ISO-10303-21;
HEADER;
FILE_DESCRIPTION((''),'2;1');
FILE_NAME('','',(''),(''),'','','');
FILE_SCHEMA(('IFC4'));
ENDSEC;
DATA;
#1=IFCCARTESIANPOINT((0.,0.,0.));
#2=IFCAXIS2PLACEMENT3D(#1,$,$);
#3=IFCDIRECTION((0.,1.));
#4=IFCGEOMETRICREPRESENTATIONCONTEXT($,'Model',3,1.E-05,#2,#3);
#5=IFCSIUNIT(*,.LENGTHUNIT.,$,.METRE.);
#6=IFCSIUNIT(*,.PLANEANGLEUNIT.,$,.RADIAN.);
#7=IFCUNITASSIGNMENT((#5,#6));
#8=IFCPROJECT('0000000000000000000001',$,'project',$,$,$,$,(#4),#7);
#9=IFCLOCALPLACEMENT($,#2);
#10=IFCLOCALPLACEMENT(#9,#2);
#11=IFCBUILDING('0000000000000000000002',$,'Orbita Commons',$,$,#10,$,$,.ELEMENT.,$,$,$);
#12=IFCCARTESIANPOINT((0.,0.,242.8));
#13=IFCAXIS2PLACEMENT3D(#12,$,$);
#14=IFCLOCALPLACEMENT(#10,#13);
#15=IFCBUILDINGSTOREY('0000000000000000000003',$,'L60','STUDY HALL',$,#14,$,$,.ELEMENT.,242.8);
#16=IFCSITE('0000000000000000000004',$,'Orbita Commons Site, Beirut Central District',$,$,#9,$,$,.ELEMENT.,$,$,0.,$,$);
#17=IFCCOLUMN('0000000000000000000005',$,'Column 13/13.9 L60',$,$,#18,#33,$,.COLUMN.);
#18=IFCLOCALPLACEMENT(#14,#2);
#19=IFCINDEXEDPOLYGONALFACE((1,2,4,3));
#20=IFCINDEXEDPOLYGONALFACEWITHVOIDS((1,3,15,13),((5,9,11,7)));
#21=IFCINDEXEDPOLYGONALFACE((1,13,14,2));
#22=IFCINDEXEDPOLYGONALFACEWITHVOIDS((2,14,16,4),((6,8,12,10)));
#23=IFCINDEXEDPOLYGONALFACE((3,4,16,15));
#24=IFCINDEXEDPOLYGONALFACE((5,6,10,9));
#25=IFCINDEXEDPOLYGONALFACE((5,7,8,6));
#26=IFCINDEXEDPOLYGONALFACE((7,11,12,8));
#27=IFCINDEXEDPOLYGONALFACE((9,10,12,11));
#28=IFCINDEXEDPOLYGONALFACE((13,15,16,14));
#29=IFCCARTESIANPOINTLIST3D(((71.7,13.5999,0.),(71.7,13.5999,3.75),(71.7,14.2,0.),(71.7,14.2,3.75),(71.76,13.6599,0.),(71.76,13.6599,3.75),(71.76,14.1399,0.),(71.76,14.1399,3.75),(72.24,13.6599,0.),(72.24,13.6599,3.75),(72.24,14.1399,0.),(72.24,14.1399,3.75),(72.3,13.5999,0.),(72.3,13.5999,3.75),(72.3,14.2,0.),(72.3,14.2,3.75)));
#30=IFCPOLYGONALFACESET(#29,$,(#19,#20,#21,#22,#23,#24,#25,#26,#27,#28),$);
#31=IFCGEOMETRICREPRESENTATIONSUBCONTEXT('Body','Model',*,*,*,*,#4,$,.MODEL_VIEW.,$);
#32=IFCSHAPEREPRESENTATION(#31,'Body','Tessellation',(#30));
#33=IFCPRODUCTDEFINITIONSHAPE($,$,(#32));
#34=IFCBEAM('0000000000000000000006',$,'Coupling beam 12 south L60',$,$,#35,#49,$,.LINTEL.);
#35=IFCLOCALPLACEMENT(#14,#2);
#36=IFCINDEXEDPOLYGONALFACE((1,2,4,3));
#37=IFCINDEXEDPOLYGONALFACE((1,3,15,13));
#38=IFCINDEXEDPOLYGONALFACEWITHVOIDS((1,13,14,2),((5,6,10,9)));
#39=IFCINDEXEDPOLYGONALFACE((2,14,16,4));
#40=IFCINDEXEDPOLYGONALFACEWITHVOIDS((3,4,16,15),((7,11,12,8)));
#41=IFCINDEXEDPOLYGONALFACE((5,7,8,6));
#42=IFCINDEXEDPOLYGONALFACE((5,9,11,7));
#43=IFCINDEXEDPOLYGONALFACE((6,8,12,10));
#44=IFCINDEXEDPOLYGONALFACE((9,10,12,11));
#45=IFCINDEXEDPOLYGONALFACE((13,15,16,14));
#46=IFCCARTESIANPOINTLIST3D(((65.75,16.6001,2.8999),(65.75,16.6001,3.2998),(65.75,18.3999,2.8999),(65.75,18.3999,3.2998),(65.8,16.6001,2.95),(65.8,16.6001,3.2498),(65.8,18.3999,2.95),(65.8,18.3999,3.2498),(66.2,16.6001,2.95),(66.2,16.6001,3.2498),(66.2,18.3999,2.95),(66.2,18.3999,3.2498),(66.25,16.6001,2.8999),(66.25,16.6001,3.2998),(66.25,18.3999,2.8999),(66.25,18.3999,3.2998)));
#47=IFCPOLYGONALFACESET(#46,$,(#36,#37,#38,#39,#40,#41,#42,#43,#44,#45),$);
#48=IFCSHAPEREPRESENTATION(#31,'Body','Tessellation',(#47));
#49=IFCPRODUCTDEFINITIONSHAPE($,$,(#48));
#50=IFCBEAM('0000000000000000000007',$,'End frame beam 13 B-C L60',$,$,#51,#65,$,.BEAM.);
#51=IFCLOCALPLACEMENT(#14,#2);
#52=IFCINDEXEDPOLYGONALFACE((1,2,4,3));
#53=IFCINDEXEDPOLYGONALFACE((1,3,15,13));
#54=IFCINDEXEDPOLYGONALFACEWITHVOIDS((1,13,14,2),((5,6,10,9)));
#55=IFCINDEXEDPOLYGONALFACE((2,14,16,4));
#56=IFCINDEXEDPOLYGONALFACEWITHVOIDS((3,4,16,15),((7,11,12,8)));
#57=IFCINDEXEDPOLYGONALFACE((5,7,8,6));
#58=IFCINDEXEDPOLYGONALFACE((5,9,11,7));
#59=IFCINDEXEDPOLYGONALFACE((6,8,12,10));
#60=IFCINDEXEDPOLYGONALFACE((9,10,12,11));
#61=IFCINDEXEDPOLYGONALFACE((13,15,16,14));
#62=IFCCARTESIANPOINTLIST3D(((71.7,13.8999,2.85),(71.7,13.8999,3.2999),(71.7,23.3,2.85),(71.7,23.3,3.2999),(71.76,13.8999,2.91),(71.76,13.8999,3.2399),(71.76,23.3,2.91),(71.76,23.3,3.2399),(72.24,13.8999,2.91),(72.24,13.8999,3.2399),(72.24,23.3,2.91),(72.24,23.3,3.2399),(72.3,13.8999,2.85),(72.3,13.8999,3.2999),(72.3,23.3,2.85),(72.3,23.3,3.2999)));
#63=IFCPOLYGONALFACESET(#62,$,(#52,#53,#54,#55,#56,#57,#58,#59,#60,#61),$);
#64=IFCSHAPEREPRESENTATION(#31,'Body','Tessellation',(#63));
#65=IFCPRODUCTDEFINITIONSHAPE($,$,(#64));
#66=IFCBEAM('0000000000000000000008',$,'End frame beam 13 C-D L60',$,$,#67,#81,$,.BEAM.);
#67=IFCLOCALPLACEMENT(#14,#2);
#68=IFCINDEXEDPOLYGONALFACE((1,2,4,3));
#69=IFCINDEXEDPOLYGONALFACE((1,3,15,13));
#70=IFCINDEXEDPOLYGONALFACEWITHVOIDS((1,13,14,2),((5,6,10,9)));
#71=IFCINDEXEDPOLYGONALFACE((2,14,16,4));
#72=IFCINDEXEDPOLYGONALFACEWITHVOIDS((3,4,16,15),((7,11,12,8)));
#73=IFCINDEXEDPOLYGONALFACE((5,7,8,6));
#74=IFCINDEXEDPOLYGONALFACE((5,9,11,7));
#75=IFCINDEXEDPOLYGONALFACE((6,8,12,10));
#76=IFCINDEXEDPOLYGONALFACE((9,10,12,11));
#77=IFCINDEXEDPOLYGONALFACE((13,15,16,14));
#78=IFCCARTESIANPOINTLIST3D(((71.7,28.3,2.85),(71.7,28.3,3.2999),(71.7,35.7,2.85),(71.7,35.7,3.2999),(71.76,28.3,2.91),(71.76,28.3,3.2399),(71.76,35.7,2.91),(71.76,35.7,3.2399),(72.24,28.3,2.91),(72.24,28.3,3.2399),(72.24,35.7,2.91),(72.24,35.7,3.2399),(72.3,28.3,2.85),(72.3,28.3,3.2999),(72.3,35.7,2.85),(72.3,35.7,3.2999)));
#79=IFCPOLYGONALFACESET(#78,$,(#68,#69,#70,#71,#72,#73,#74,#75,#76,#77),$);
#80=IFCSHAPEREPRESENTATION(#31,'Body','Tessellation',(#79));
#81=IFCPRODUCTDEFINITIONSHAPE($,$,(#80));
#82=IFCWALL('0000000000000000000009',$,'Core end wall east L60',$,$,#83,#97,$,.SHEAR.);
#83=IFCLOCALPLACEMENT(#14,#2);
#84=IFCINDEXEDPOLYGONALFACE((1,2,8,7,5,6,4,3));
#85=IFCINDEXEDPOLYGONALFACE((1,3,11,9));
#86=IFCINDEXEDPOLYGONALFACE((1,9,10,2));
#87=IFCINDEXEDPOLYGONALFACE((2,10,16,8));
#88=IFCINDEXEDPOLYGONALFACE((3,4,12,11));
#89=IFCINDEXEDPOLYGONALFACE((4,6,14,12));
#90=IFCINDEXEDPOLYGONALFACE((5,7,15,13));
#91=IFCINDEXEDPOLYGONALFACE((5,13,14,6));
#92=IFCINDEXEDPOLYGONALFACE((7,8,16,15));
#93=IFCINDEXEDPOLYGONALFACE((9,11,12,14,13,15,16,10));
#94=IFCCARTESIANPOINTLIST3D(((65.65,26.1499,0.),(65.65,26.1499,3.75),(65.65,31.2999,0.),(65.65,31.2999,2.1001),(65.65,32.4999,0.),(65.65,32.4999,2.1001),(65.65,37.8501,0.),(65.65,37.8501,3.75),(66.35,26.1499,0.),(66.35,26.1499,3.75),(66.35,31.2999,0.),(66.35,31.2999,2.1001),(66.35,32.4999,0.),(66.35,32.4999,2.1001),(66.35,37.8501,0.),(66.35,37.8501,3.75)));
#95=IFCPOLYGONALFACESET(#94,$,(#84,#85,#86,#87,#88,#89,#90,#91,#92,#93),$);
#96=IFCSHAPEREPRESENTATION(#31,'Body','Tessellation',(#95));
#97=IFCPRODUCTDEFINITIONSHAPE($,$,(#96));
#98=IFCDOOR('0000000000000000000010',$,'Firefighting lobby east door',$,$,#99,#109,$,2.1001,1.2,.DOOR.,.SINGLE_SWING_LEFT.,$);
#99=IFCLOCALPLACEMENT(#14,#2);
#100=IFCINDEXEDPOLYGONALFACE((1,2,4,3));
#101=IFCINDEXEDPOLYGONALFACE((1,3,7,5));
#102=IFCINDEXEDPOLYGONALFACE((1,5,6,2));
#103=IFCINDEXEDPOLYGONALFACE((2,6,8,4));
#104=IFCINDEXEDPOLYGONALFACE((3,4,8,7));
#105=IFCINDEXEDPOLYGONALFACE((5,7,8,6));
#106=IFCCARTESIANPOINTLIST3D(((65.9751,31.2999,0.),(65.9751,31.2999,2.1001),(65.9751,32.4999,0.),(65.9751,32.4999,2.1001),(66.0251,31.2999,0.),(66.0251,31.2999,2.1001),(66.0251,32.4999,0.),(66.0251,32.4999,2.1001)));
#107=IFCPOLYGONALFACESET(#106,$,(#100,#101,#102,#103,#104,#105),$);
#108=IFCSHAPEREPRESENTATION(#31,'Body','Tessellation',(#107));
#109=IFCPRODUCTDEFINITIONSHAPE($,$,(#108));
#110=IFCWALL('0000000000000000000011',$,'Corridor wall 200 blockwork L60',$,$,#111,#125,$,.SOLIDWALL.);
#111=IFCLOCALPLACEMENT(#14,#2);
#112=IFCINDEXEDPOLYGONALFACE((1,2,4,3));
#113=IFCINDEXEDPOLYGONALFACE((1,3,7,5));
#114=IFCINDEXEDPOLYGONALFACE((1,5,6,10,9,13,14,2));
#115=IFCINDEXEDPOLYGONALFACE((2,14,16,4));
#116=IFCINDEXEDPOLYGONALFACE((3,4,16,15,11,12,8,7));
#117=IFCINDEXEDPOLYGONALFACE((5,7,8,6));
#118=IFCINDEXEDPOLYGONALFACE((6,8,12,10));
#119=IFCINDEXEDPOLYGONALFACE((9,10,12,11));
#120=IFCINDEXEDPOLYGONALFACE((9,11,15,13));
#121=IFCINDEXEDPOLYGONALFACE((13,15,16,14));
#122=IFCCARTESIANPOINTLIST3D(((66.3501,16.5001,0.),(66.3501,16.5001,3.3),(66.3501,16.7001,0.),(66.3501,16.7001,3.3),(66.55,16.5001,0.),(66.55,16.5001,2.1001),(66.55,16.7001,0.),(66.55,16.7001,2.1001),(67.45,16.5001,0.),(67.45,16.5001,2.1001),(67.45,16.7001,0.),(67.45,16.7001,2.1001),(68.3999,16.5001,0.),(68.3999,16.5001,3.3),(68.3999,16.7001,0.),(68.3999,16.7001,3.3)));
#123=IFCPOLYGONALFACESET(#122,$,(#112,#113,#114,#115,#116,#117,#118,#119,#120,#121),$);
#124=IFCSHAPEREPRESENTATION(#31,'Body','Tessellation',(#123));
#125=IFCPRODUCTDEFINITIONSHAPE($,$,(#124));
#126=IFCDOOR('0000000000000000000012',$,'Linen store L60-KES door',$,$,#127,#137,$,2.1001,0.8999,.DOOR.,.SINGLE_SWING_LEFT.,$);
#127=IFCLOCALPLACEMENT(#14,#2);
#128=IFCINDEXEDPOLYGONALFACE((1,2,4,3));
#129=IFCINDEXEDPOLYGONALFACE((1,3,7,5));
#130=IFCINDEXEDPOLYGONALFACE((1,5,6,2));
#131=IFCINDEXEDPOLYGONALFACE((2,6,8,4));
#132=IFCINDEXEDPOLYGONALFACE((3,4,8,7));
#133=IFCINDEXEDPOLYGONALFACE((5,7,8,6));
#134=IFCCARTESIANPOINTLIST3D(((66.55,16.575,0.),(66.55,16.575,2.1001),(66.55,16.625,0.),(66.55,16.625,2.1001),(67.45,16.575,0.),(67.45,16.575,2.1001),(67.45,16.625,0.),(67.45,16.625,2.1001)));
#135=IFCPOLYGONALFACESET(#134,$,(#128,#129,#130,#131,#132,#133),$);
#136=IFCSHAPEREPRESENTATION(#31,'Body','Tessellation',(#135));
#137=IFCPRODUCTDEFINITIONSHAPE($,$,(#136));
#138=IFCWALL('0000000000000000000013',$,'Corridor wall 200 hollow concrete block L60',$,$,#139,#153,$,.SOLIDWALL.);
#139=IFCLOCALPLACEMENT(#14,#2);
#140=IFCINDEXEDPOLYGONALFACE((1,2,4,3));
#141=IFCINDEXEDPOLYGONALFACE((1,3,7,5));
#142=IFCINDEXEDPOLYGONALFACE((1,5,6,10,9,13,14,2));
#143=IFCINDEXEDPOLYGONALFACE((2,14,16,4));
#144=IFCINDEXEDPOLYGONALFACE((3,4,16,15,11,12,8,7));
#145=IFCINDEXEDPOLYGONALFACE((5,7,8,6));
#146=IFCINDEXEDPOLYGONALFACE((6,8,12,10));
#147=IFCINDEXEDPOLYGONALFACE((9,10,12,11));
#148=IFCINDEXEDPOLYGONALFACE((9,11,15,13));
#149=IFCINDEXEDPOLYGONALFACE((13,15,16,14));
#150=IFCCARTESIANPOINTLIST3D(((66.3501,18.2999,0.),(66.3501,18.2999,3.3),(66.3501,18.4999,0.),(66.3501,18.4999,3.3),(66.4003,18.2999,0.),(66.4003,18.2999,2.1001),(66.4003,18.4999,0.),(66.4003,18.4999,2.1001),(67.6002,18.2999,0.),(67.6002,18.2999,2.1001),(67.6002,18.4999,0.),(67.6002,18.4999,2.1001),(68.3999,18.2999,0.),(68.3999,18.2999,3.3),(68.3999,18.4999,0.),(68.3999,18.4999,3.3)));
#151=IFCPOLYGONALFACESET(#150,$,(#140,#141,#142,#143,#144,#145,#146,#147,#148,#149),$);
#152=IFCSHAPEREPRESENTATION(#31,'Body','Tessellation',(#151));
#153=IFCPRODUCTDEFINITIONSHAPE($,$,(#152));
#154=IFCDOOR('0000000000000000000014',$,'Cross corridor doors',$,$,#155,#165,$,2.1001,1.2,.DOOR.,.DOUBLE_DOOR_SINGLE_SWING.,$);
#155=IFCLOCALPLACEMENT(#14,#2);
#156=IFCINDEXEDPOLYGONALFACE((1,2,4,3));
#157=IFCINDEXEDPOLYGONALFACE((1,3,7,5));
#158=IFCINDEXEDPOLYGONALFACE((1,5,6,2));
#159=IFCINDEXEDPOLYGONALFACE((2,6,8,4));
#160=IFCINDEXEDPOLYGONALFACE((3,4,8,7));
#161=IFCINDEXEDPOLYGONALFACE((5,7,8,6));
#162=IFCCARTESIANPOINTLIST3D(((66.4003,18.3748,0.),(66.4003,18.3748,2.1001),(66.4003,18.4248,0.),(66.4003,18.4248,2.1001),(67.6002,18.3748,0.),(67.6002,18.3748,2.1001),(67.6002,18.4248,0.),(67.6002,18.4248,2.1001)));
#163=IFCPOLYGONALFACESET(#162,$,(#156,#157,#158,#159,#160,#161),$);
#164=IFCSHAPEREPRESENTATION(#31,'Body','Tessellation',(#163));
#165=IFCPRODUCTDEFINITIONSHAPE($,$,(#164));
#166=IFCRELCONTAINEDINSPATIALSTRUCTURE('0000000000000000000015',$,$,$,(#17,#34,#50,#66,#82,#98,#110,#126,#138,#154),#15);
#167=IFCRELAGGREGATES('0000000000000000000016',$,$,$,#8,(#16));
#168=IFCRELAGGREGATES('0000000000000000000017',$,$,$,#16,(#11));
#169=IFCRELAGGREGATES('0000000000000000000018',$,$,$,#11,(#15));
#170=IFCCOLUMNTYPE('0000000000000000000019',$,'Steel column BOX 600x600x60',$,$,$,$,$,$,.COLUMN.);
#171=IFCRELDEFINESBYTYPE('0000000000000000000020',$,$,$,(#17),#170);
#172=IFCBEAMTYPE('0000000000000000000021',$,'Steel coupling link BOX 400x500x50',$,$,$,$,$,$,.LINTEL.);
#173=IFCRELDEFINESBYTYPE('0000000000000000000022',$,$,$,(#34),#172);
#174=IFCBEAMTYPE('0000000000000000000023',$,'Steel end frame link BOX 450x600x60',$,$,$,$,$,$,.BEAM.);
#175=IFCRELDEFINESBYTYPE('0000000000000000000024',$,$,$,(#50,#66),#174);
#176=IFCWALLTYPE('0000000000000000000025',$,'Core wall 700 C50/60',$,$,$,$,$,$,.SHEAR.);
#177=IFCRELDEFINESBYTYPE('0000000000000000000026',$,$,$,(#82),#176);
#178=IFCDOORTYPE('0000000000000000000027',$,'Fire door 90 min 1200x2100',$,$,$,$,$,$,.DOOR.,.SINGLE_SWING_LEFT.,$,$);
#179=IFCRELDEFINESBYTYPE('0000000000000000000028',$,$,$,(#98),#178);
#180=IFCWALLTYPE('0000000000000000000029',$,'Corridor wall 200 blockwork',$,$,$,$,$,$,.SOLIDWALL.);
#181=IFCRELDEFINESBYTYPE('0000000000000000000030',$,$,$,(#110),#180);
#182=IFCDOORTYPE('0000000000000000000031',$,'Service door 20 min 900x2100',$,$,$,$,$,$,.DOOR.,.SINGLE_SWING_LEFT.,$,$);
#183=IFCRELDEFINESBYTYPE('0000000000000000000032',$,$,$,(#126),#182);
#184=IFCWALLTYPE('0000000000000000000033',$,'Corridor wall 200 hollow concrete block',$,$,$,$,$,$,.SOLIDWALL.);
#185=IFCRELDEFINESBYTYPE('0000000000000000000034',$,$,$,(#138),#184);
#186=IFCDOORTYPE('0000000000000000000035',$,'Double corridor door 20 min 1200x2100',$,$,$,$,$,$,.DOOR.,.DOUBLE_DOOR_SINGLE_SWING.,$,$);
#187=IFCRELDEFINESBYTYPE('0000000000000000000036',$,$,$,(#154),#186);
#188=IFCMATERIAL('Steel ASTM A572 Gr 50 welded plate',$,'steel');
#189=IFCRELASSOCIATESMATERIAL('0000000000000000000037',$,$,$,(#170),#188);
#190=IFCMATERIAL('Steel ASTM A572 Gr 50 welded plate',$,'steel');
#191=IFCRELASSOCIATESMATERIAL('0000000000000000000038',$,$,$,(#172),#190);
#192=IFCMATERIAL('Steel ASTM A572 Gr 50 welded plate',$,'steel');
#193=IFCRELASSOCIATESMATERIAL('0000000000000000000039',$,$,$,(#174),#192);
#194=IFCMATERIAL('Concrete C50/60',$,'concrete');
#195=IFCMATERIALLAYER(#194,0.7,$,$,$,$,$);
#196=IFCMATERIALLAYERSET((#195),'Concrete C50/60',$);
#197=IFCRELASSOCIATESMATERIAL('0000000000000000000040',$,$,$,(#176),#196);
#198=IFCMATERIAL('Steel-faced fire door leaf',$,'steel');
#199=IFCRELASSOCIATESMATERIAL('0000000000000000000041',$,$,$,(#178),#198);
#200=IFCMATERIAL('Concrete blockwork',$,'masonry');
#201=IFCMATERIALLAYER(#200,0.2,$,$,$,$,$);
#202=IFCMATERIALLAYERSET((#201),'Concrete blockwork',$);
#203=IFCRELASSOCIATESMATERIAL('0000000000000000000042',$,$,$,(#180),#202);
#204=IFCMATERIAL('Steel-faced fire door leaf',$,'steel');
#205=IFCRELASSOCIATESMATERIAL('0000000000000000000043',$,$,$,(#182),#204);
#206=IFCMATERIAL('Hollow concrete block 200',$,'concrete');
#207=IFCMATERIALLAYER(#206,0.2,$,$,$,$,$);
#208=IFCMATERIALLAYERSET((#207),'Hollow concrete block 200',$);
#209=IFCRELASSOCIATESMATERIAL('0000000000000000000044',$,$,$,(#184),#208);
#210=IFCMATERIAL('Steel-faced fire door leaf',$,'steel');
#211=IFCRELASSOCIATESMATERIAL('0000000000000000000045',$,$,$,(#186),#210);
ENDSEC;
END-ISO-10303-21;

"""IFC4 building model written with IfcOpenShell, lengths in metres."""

from ifc_helpers import new_model, si_unit, direction, frame, frame_2d, origin, origin_2d, place, context, subcontext, project, spatial, rectangle, hollow_rectangle, extrude, material, layer, layer_set, material_profile, profile_set, type_object, element, fill, save


model = new_model("IFC4")

# Units and contexts
model_context = context("Model", 3, precision=1e-05, world=origin(), true_north=direction((0.0, 1.0)))
body_context = subcontext(model_context, "Body", "Model", "MODEL_VIEW")
ifc_project = project(units=[si_unit("LENGTHUNIT", "METRE"), si_unit("PLANEANGLEUNIT", "RADIAN")], contexts=[model_context])

# Site, building, storey
site_placement = place(None, origin())
site = spatial("IfcSite", under=ifc_project, at=site_placement, Name="Orbita Commons Site, Beirut Central District", CompositionType="ELEMENT", RefElevation=0.0)
building_placement = place(site_placement, origin())
building = spatial("IfcBuilding", under=site, at=building_placement, Name="Orbita Commons", CompositionType="ELEMENT")
storey_placement = place(building_placement, frame((0.0, 0.0, 242.8)))
storey = spatial("IfcBuildingStorey", under=building, at=storey_placement, Name="L60", Description="STUDY HALL", CompositionType="ELEMENT", Elevation=242.8)

# Column
ifc_material_1 = material(Name="Steel ASTM A572 Gr 50 welded plate", Category="steel")
ifc_material_profile_1 = material_profile(ifc_material_1, hollow_rectangle(XDim=0.6001, YDim=0.6001, WallThickness=0.0601, at=origin_2d()), Name="BOX 600x600x60")
ifc_profile_set_1 = profile_set([ifc_material_profile_1], Name="Steel ASTM A572 Gr 50 welded plate")
column_type = type_object("IfcColumnType", Name="Steel column BOX 600x600x60", PredefinedType="COLUMN", material=ifc_profile_set_1)
column_placement = place(storey_placement, frame((72.0, 13.8999, 0.0), z_axis=(0.0, 0.0, 1.0), x_axis=(1.0, 0.0, 0.0)))
element("IfcColumn", 1, at=column_placement, inside=storey, type_object=column_type, Name="Column 13/13.9 L60", PredefinedType="COLUMN", context=body_context, shape_type="SweptSolid", body=[
    extrude(hollow_rectangle(XDim=0.6001, YDim=0.6001, WallThickness=0.0601, at=origin_2d()), origin(), (0.0, 0.0, 1.0), 3.75),
])

# Beams
ifc_material_2 = material(Name="Steel ASTM A572 Gr 50 welded plate", Category="steel")
ifc_material_profile_2 = material_profile(ifc_material_2, hollow_rectangle(XDim=0.5, YDim=0.3999, WallThickness=0.05, at=origin_2d()), Name="BOX 400x500x50")
ifc_profile_set_2 = profile_set([ifc_material_profile_2], Name="Steel ASTM A572 Gr 50 welded plate")
beam_type_1 = type_object("IfcBeamType", Name="Steel coupling link BOX 400x500x50", PredefinedType="LINTEL", material=ifc_profile_set_2)
beam_1_placement = place(storey_placement, frame((66.0, 16.6001, 3.0999), z_axis=(0.0, 1.0, 0.0), x_axis=(-1.0, 0.0, 0.0)))
element("IfcBeam", 2, at=beam_1_placement, inside=storey, type_object=beam_type_1, Name="Coupling beam 12 south L60", PredefinedType="LINTEL", context=body_context, shape_type="SweptSolid", body=[
    extrude(hollow_rectangle(XDim=0.5, YDim=0.3999, WallThickness=0.05, at=origin_2d()), origin(), (0.0, 0.0, 1.0), 1.7998),
])
ifc_material_3 = material(Name="Steel ASTM A572 Gr 50 welded plate", Category="steel")
ifc_material_profile_3 = material_profile(ifc_material_3, hollow_rectangle(XDim=0.6001, YDim=0.45, WallThickness=0.0601, at=origin_2d()), Name="BOX 450x600x60")
ifc_profile_set_3 = profile_set([ifc_material_profile_3], Name="Steel ASTM A572 Gr 50 welded plate")
beam_type_2 = type_object("IfcBeamType", Name="Steel end frame link BOX 450x600x60", PredefinedType="BEAM", material=ifc_profile_set_3)
beam_2_placement = place(storey_placement, frame((72.0, 13.8999, 3.075), z_axis=(0.0, 1.0, 0.0), x_axis=(-1.0, 0.0, 0.0)))
element("IfcBeam", 3, at=beam_2_placement, inside=storey, type_object=beam_type_2, Name="End frame beam 13 B-C L60", PredefinedType="BEAM", context=body_context, shape_type="SweptSolid", body=[
    extrude(hollow_rectangle(XDim=0.6001, YDim=0.45, WallThickness=0.0601, at=origin_2d()), origin(), (0.0, 0.0, 1.0), 9.4001),
])
beam_3_placement = place(storey_placement, frame((72.0, 28.3, 3.075), z_axis=(0.0, 1.0, 0.0), x_axis=(-1.0, 0.0, 0.0)))
element("IfcBeam", 4, at=beam_3_placement, inside=storey, type_object=beam_type_2, Name="End frame beam 13 C-D L60", PredefinedType="BEAM", context=body_context, shape_type="SweptSolid", body=[
    extrude(hollow_rectangle(XDim=0.6001, YDim=0.45, WallThickness=0.0601, at=origin_2d()), origin(), (0.0, 0.0, 1.0), 7.3999),
])

# Walls, openings, doors
ifc_material_4 = material(Name="Concrete C50/60", Category="concrete")
ifc_layer_1 = layer(ifc_material_4, 0.7)
ifc_layer_set_1 = layer_set([ifc_layer_1], Name="Concrete C50/60")
wall_type_1 = type_object("IfcWallType", Name="Core wall 700 C50/60", PredefinedType="SHEAR", material=ifc_layer_set_1)
wall_1_placement = place(storey_placement, frame((66.0, 26.1499, 0.0), z_axis=(0.0, 0.0, 1.0), x_axis=(0.0, 1.0, 0.0)))
wall_1 = element("IfcWall", 5, at=wall_1_placement, inside=storey, type_object=wall_type_1, Name="Core end wall east L60", PredefinedType="SHEAR", context=body_context, shape_type="SweptSolid", body=[
    extrude(rectangle(XDim=11.7002, YDim=0.7, at=frame_2d((5.8501, 0.0))), origin(), (0.0, 0.0, 1.0), 3.75),
])
opening_1_placement = place(wall_1_placement, frame((5.1499, 0.0, 0.0)))
opening_1 = element("IfcOpeningElement", 6, at=opening_1_placement, cuts=wall_1, PredefinedType="OPENING", context=body_context, shape_type="SweptSolid", body=[
    extrude(rectangle(XDim=1.2, YDim=2.1001, at=frame_2d((0.6001, 1.05))), frame((0.0, 0.3599, 0.0), z_axis=(0.0, -1.0, 0.0), x_axis=(1.0, 0.0, 0.0)), (0.0, 0.0, 1.0), 0.72),
])
ifc_material_5 = material(Name="Steel-faced fire door leaf", Category="steel")
door_type_1 = type_object("IfcDoorType", Name="Fire door 90 min 1200x2100", OperationType="SINGLE_SWING_LEFT", PredefinedType="DOOR", material=ifc_material_5)
door_1_placement = place(opening_1_placement, origin())
door_1 = element("IfcDoor", 7, at=door_1_placement, inside=storey, type_object=door_type_1, Name="Firefighting lobby east door", OperationType="SINGLE_SWING_LEFT", OverallHeight=2.1001, OverallWidth=1.2, PredefinedType="DOOR", context=body_context, shape_type="SweptSolid", body=[
    extrude(rectangle(XDim=1.2, YDim=2.1001, at=frame_2d((0.6001, 1.05))), frame((0.0, 0.0249, 0.0), z_axis=(0.0, -1.0, 0.0), x_axis=(1.0, 0.0, 0.0)), (0.0, 0.0, 1.0), 0.05),
])
fill(opening_1, door_1)
ifc_material_6 = material(Name="Concrete blockwork", Category="masonry")
ifc_layer_2 = layer(ifc_material_6, 0.2)
ifc_layer_set_2 = layer_set([ifc_layer_2], Name="Concrete blockwork")
wall_type_2 = type_object("IfcWallType", Name="Corridor wall 200 blockwork", PredefinedType="SOLIDWALL", material=ifc_layer_set_2)
wall_2_placement = place(storey_placement, frame((66.3501, 16.6001, 0.0), z_axis=(0.0, 0.0, 1.0), x_axis=(1.0, 0.0, 0.0)))
wall_2 = element("IfcWall", 8, at=wall_2_placement, inside=storey, type_object=wall_type_2, Name="Corridor wall 200 blockwork L60", PredefinedType="SOLIDWALL", context=body_context, shape_type="SweptSolid", body=[
    extrude(rectangle(XDim=2.0498, YDim=0.2, at=frame_2d((1.0249, 0.0))), origin(), (0.0, 0.0, 1.0), 3.3),
])
opening_2_placement = place(wall_2_placement, frame((0.2, 0.0, 0.0)))
opening_2 = element("IfcOpeningElement", 9, at=opening_2_placement, cuts=wall_2, PredefinedType="OPENING", context=body_context, shape_type="SweptSolid", body=[
    extrude(rectangle(XDim=0.8999, YDim=2.1001, at=frame_2d((0.45, 1.05))), frame((0.0, 0.1099, 0.0), z_axis=(0.0, -1.0, 0.0), x_axis=(1.0, 0.0, 0.0)), (0.0, 0.0, 1.0), 0.22),
])
ifc_material_7 = material(Name="Steel-faced fire door leaf", Category="steel")
door_type_2 = type_object("IfcDoorType", Name="Service door 20 min 900x2100", OperationType="SINGLE_SWING_LEFT", PredefinedType="DOOR", material=ifc_material_7)
door_2_placement = place(opening_2_placement, origin())
door_2 = element("IfcDoor", 10, at=door_2_placement, inside=storey, type_object=door_type_2, Name="Linen store L60-KES door", OperationType="SINGLE_SWING_LEFT", OverallHeight=2.1001, OverallWidth=0.8999, PredefinedType="DOOR", context=body_context, shape_type="SweptSolid", body=[
    extrude(rectangle(XDim=0.8999, YDim=2.1001, at=frame_2d((0.45, 1.05))), frame((0.0, 0.0249, 0.0), z_axis=(0.0, -1.0, 0.0), x_axis=(1.0, 0.0, 0.0)), (0.0, 0.0, 1.0), 0.05),
])
fill(opening_2, door_2)
ifc_material_8 = material(Name="Hollow concrete block 200", Category="concrete")
ifc_layer_3 = layer(ifc_material_8, 0.2)
ifc_layer_set_3 = layer_set([ifc_layer_3], Name="Hollow concrete block 200")
wall_type_3 = type_object("IfcWallType", Name="Corridor wall 200 hollow concrete block", PredefinedType="SOLIDWALL", material=ifc_layer_set_3)
wall_3_placement = place(storey_placement, frame((66.3501, 18.3999, 0.0), z_axis=(0.0, 0.0, 1.0), x_axis=(1.0, 0.0, 0.0)))
wall_3 = element("IfcWall", 11, at=wall_3_placement, inside=storey, type_object=wall_type_3, Name="Corridor wall 200 hollow concrete block L60", PredefinedType="SOLIDWALL", context=body_context, shape_type="SweptSolid", body=[
    extrude(rectangle(XDim=2.0498, YDim=0.2, at=frame_2d((1.0249, 0.0))), origin(), (0.0, 0.0, 1.0), 3.3),
])
opening_3_placement = place(wall_3_placement, frame((0.05, 0.0, 0.0)))
opening_3 = element("IfcOpeningElement", 12, at=opening_3_placement, cuts=wall_3, PredefinedType="OPENING", context=body_context, shape_type="SweptSolid", body=[
    extrude(rectangle(XDim=1.2, YDim=2.1001, at=frame_2d((0.6001, 1.05))), frame((0.0, 0.1099, 0.0), z_axis=(0.0, -1.0, 0.0), x_axis=(1.0, 0.0, 0.0)), (0.0, 0.0, 1.0), 0.22),
])
ifc_material_9 = material(Name="Steel-faced fire door leaf", Category="steel")
door_type_3 = type_object("IfcDoorType", Name="Double corridor door 20 min 1200x2100", OperationType="DOUBLE_DOOR_SINGLE_SWING", PredefinedType="DOOR", material=ifc_material_9)
door_3_placement = place(opening_3_placement, origin())
door_3 = element("IfcDoor", 13, at=door_3_placement, inside=storey, type_object=door_type_3, Name="Cross corridor doors", OperationType="DOUBLE_DOOR_SINGLE_SWING", OverallHeight=2.1001, OverallWidth=1.2, PredefinedType="DOOR", context=body_context, shape_type="SweptSolid", body=[
    extrude(rectangle(XDim=1.2, YDim=2.1001, at=frame_2d((0.6001, 1.05))), frame((0.0, 0.0249, 0.0), z_axis=(0.0, -1.0, 0.0), x_axis=(1.0, 0.0, 0.0)), (0.0, 0.0, 1.0), 0.05),
])
fill(opening_3, door_3)

save(model, "model.ifc")
